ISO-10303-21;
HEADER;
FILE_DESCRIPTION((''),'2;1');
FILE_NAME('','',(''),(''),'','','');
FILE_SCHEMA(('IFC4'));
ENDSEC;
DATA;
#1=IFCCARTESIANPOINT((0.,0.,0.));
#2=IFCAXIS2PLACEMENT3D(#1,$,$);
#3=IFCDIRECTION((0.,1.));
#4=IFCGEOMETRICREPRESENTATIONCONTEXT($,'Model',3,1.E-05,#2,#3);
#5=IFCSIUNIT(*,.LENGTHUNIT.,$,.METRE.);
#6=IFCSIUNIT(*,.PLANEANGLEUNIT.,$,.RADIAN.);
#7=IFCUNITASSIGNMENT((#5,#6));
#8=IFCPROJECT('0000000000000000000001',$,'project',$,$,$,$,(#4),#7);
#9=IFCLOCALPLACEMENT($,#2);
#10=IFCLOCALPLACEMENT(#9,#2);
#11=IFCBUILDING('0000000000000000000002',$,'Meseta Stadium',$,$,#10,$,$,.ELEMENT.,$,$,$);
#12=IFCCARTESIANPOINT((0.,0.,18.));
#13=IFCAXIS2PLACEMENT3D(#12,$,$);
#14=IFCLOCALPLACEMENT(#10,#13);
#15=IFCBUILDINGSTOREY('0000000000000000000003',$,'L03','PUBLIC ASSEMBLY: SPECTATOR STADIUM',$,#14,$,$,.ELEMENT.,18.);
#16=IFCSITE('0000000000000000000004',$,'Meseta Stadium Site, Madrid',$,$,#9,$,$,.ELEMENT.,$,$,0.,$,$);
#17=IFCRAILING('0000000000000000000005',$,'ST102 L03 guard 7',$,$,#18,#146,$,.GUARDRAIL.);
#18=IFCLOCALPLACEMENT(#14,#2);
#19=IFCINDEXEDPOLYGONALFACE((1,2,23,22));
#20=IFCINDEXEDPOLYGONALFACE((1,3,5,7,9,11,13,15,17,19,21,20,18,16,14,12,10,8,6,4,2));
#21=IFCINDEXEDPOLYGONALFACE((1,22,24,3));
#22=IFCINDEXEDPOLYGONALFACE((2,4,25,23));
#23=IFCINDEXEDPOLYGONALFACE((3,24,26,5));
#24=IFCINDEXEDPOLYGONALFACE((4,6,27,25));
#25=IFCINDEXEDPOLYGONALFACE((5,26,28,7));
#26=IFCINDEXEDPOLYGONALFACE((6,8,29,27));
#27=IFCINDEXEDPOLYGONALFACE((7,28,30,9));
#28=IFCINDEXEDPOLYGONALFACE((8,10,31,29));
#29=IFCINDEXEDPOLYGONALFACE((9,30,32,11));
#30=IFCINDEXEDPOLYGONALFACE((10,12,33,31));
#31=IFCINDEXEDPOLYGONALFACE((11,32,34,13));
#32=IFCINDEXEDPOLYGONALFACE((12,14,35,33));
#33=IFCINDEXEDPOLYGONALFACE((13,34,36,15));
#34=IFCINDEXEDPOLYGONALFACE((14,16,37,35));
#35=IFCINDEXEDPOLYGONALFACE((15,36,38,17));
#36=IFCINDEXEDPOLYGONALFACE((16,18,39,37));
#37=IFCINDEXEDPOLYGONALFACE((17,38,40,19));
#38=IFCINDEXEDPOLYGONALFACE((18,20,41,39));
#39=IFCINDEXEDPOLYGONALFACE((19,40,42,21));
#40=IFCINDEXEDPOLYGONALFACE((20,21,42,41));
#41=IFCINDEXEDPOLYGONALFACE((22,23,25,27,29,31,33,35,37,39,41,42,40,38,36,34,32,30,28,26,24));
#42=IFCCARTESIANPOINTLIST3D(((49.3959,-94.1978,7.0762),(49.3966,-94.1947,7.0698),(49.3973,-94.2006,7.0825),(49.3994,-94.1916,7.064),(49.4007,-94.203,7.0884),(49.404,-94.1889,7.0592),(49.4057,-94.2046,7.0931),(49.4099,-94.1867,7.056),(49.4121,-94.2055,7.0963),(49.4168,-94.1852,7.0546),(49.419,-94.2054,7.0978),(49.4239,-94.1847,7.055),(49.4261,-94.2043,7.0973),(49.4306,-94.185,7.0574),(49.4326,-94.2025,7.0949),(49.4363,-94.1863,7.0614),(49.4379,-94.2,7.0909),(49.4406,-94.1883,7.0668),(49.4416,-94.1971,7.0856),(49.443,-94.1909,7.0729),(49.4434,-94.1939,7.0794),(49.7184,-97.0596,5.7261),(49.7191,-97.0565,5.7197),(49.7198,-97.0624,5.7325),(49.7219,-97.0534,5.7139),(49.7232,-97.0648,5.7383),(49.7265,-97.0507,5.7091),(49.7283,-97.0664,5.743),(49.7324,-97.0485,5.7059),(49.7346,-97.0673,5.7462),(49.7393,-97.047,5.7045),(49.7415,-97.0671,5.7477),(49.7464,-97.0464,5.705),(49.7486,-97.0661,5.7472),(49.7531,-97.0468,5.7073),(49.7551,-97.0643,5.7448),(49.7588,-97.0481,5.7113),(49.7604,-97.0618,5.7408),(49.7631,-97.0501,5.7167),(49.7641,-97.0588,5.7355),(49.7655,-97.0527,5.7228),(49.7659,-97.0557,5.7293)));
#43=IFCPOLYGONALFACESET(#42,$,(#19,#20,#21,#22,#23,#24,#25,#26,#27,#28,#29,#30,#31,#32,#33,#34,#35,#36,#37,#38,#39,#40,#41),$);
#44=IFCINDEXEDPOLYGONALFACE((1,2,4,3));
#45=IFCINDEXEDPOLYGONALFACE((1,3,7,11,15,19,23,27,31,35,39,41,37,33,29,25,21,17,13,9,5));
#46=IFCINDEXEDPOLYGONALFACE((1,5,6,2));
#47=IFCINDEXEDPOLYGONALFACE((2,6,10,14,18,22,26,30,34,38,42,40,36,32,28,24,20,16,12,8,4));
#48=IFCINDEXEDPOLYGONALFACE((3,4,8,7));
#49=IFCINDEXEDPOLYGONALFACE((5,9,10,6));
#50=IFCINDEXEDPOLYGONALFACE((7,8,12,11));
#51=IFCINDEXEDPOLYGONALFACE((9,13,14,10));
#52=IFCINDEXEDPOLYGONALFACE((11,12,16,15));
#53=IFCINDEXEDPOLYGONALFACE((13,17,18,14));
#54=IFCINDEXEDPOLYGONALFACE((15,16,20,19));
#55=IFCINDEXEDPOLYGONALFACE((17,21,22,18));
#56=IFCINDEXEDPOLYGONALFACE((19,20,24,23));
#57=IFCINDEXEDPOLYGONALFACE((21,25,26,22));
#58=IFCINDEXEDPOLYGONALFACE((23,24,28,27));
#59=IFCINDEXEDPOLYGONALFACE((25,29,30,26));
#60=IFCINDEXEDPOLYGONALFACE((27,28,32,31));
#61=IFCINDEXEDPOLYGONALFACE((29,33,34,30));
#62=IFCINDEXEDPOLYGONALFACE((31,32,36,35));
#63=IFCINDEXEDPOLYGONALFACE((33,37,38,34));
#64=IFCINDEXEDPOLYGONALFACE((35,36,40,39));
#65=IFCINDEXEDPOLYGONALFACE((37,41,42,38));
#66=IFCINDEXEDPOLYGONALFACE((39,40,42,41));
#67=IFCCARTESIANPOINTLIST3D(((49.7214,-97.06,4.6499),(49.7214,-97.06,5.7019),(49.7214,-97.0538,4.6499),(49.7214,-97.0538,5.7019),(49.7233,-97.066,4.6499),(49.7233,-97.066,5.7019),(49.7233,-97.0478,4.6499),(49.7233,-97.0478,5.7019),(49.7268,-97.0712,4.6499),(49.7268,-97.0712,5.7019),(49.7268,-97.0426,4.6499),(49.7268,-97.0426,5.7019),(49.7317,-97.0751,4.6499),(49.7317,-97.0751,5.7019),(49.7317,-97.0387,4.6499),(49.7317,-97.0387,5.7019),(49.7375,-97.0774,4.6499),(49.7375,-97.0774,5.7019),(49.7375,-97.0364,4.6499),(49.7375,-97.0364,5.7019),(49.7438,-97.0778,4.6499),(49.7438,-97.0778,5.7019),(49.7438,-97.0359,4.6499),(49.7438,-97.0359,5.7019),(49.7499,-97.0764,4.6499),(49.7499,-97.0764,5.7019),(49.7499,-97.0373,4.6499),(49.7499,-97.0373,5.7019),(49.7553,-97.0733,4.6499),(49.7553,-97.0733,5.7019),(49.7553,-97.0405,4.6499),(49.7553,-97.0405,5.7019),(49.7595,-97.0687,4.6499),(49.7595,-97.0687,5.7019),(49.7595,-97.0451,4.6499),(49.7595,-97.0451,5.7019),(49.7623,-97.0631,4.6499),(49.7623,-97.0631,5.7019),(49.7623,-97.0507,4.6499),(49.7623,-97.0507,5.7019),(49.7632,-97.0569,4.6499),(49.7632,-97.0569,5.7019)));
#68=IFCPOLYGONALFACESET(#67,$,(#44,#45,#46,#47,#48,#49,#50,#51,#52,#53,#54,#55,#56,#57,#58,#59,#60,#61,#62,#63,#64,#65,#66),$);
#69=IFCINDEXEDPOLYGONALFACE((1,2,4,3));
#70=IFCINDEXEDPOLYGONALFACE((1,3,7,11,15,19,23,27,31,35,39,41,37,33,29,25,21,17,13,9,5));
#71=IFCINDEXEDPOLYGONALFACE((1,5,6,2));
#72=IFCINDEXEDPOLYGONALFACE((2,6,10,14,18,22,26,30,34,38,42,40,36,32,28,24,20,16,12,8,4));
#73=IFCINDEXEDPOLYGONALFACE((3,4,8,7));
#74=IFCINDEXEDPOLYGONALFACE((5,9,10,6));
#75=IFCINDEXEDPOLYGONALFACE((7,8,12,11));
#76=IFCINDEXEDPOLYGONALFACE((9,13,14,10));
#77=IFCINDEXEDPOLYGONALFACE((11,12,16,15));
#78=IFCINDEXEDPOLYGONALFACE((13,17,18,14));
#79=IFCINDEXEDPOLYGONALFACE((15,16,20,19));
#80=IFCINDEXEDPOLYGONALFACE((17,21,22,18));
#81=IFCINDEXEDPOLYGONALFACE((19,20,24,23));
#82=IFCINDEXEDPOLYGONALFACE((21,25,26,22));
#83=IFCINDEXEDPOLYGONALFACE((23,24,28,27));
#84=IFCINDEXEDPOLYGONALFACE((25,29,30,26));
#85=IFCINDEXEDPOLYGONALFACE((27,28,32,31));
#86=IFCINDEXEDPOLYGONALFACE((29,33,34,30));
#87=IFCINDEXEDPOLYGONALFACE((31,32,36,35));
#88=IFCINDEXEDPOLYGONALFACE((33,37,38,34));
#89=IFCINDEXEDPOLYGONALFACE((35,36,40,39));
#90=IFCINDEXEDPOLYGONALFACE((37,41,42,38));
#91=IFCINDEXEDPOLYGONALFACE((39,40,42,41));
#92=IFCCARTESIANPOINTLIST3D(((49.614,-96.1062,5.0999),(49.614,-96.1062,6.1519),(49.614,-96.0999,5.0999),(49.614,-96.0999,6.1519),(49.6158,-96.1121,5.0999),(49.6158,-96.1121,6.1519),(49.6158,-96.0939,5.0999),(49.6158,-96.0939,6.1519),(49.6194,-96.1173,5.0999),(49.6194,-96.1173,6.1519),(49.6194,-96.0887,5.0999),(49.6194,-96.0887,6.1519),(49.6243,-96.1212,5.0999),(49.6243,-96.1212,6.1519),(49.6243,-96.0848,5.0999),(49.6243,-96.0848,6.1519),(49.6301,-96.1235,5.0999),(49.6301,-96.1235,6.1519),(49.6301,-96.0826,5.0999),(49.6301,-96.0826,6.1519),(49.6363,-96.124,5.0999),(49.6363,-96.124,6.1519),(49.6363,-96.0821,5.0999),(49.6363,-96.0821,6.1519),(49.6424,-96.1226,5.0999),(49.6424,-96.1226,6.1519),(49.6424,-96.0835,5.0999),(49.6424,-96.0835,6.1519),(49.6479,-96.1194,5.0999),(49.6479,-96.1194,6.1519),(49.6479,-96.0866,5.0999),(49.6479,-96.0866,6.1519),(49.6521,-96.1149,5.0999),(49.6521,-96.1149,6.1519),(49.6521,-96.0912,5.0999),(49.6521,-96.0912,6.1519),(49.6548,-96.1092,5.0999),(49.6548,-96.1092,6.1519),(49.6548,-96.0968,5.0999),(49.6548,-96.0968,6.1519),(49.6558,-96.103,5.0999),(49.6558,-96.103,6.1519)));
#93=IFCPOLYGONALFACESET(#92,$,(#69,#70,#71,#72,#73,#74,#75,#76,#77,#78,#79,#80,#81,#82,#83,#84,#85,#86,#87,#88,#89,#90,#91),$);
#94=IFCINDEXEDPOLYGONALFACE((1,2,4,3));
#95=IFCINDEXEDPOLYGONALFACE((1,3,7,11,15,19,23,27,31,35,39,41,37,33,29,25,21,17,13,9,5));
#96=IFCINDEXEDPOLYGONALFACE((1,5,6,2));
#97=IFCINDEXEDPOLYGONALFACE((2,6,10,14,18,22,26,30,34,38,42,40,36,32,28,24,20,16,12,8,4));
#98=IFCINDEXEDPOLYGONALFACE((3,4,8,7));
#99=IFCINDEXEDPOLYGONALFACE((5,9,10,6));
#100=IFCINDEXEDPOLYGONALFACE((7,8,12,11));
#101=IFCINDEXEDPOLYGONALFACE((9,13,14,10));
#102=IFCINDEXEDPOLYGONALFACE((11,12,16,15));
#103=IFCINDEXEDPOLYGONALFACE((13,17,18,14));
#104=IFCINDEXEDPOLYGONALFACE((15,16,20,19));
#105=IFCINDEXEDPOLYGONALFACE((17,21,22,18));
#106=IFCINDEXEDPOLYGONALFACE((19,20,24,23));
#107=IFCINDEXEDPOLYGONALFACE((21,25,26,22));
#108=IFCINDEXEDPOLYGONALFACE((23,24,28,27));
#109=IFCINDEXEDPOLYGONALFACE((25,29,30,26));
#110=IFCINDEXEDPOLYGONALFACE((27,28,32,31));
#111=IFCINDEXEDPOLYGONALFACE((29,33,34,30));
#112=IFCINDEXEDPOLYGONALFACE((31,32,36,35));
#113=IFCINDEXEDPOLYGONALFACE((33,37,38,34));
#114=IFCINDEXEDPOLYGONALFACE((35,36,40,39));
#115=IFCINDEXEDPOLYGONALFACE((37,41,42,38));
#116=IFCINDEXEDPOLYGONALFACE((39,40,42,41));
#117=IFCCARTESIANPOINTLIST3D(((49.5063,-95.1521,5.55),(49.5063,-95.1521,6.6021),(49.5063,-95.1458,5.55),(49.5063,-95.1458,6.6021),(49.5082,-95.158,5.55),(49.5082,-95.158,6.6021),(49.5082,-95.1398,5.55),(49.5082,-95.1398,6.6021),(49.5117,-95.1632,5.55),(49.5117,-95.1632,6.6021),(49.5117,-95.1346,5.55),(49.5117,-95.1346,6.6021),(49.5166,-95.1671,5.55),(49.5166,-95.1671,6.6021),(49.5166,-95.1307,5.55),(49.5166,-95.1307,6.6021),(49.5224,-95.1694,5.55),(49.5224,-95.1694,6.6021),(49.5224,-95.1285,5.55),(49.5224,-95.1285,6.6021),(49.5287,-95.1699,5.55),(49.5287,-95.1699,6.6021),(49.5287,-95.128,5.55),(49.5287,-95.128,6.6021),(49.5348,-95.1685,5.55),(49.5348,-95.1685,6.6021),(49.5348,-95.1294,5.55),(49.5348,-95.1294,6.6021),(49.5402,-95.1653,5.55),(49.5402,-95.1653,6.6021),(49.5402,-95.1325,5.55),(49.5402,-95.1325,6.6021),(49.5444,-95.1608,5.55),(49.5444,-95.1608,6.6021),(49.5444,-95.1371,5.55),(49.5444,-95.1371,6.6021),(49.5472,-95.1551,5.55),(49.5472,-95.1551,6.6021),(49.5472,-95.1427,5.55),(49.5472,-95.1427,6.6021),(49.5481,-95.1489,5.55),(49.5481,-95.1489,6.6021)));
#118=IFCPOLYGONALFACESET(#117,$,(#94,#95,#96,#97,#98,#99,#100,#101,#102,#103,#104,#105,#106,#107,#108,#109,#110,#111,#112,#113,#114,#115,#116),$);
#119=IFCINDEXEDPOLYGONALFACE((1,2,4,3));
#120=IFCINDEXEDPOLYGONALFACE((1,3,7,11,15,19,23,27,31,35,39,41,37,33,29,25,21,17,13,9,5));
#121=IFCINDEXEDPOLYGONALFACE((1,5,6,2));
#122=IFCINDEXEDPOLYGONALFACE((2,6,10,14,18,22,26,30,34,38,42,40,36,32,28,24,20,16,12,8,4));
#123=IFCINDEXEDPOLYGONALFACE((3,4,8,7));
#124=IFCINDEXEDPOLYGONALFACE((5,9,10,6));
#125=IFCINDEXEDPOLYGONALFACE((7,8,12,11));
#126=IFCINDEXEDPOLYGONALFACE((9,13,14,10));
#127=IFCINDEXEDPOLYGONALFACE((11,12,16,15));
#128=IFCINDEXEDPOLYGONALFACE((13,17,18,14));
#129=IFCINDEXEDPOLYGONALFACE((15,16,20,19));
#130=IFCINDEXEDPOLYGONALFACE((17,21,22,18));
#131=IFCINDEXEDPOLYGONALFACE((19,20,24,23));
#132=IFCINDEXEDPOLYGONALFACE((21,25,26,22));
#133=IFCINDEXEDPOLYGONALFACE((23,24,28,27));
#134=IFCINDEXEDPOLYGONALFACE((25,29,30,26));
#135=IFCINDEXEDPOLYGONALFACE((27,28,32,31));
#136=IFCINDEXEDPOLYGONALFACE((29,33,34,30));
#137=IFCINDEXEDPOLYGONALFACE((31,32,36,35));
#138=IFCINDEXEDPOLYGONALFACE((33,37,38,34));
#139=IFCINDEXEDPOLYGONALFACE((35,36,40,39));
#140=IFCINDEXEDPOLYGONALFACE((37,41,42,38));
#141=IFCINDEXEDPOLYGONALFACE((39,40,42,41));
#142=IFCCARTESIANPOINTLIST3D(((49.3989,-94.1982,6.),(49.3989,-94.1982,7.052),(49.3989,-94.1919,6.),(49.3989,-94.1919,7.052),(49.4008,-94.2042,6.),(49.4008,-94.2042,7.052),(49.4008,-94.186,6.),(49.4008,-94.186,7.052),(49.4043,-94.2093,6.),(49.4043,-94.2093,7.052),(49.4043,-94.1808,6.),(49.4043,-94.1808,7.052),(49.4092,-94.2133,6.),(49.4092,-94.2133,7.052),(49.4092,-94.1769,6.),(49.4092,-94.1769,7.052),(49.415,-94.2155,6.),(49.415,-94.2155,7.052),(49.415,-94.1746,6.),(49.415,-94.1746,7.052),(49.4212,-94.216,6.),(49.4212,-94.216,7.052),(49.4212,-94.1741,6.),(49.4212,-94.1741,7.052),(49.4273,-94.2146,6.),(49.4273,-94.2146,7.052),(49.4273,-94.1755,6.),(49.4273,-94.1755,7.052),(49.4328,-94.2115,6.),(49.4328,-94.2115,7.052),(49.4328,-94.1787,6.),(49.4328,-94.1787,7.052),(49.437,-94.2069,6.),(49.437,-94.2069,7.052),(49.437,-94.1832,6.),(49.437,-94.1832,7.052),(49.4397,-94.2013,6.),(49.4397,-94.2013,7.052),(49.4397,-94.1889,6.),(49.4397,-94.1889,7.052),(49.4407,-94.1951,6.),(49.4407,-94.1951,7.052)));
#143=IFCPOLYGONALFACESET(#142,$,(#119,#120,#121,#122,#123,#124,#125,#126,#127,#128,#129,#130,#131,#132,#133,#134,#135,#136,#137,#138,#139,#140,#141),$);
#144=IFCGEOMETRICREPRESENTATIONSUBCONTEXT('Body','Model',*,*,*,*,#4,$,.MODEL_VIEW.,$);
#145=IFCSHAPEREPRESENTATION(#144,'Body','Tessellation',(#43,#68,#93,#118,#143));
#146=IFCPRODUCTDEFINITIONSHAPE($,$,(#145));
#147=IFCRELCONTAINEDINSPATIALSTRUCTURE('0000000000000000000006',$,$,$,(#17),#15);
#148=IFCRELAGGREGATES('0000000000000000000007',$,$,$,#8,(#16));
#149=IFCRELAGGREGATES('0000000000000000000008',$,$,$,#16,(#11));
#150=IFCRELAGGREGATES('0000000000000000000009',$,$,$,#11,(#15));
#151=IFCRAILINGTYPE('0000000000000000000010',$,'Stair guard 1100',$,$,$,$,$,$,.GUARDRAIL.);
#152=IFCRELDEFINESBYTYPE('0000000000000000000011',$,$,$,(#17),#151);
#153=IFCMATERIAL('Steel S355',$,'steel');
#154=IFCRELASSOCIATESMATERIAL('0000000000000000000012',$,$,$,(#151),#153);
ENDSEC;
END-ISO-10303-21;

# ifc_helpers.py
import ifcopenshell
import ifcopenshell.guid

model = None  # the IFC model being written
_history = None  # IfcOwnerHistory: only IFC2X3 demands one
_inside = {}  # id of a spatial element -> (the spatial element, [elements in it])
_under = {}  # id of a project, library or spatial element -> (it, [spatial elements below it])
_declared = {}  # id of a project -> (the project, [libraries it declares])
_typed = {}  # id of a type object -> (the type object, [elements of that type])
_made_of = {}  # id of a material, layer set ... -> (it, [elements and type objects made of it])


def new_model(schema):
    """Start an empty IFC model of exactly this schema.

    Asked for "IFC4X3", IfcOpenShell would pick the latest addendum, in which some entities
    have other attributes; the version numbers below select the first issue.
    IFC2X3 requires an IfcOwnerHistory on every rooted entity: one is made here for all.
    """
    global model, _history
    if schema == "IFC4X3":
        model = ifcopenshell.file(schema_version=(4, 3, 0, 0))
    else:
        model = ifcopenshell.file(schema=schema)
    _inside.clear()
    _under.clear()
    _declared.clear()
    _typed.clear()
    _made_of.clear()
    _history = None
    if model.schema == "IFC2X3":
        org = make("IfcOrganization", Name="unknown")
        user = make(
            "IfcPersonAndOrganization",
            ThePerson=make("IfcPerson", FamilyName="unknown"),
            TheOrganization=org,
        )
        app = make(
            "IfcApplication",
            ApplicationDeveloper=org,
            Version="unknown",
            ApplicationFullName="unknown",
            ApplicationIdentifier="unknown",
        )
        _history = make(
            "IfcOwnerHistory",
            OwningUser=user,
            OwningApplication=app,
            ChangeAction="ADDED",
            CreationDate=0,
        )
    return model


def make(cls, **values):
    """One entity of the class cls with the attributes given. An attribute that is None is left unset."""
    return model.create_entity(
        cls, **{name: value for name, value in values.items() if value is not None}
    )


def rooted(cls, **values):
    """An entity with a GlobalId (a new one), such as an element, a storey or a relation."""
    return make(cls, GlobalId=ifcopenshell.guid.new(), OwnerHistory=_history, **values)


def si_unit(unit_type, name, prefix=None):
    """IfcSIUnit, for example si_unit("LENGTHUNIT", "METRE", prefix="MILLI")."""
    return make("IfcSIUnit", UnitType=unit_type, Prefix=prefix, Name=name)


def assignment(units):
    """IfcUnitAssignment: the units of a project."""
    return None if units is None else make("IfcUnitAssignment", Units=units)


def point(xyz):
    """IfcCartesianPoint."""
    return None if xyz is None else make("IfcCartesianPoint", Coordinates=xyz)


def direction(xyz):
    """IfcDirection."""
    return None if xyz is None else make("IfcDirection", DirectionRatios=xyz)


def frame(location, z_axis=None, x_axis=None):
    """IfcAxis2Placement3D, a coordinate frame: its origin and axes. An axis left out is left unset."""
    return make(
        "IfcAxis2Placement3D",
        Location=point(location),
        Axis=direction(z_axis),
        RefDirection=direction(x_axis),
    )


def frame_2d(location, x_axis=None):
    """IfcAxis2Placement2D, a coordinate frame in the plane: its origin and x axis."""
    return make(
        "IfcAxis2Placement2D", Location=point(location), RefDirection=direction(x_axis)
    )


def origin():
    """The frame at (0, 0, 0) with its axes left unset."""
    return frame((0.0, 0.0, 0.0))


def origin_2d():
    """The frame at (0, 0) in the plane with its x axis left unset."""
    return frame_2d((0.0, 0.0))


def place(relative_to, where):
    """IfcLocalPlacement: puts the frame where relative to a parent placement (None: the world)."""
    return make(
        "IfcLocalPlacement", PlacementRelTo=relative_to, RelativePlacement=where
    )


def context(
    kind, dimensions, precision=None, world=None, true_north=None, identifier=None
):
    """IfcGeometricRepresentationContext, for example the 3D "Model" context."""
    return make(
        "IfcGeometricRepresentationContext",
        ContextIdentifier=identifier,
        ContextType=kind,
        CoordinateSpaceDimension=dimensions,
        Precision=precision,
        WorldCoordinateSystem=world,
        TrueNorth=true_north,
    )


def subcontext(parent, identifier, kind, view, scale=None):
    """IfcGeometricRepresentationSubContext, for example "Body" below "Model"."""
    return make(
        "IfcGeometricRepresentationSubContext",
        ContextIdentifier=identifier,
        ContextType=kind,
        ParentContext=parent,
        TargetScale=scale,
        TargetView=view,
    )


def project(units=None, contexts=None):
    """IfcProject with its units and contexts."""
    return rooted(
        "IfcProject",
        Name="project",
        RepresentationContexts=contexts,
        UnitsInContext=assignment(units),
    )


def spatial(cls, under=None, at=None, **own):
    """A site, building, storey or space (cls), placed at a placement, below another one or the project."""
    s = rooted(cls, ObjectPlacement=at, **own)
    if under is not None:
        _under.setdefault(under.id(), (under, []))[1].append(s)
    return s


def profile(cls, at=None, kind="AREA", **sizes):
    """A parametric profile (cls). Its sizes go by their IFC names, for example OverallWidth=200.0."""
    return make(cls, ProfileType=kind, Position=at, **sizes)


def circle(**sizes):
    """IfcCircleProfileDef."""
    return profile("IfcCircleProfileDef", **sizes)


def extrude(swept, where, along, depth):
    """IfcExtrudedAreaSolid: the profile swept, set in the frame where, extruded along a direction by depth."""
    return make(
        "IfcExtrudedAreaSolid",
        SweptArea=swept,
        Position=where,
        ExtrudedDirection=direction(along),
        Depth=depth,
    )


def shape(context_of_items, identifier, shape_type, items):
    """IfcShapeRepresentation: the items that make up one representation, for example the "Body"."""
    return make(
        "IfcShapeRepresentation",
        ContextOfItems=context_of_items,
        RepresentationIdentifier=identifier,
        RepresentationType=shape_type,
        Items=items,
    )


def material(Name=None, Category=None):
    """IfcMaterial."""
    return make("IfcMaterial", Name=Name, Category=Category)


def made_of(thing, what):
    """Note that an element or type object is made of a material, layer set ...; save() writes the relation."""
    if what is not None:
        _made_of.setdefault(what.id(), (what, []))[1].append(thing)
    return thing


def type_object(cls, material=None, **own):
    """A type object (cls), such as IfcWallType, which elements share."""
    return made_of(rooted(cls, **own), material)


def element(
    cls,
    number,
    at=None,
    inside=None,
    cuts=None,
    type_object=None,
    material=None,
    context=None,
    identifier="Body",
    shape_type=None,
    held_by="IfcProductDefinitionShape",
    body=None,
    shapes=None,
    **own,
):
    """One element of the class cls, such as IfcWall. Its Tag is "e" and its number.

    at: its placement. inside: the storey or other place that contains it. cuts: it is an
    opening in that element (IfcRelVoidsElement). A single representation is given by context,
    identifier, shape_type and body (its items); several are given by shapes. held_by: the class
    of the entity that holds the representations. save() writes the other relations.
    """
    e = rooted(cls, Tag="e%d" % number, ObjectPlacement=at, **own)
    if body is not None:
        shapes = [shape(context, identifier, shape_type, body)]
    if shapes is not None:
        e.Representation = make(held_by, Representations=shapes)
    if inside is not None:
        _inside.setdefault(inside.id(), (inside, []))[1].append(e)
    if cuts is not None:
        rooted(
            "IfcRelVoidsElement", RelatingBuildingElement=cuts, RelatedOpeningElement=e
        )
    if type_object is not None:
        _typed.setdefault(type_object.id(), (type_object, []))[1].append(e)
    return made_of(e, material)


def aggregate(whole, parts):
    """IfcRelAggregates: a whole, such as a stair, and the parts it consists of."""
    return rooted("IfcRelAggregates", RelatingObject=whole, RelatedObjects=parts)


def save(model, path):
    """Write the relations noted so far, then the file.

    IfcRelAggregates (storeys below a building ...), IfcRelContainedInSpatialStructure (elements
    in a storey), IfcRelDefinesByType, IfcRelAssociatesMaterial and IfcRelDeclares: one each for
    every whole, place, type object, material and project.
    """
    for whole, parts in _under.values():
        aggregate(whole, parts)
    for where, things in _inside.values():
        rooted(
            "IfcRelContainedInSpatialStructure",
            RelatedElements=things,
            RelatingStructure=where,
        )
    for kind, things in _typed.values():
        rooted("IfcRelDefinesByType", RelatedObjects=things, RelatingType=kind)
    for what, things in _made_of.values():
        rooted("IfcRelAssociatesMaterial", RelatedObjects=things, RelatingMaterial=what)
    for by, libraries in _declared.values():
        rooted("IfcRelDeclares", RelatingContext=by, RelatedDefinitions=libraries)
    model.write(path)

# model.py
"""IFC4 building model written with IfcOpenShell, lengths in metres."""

from ifc_helpers import new_model, si_unit, direction, frame, origin, origin_2d, place, context, subcontext, project, spatial, circle, extrude, material, type_object, element, save


model = new_model("IFC4")

# Units and contexts
model_context = context("Model", 3, precision=1e-05, world=origin(), true_north=direction((0.0, 1.0)))
body_context = subcontext(model_context, "Body", "Model", "MODEL_VIEW")
ifc_project = project(units=[si_unit("LENGTHUNIT", "METRE"), si_unit("PLANEANGLEUNIT", "RADIAN")], contexts=[model_context])

# Site, building, storey
site_placement = place(None, origin())
site = spatial("IfcSite", under=ifc_project, at=site_placement, Name="Meseta Stadium Site, Madrid", CompositionType="ELEMENT", RefElevation=0.0)
building_placement = place(site_placement, origin())
building = spatial("IfcBuilding", under=site, at=building_placement, Name="Meseta Stadium", CompositionType="ELEMENT")
storey_placement = place(building_placement, frame((0.0, 0.0, 18.0)))
storey = spatial("IfcBuildingStorey", under=building, at=storey_placement, Name="L03", Description="PUBLIC ASSEMBLY: SPECTATOR STADIUM", CompositionType="ELEMENT", Elevation=18.0)

# Railing
ifc_material_1 = material(Name="Steel S355", Category="steel")
railing_type_1 = type_object("IfcRailingType", Name="Stair guard 1100", PredefinedType="GUARDRAIL", material=ifc_material_1)
railing_1_placement = place(storey_placement, frame((49.7422, -97.0569, 4.6499)))
element("IfcRailing", 1, at=railing_1_placement, inside=storey, type_object=railing_type_1, Name="ST102 L03 guard 7", PredefinedType="GUARDRAIL", context=body_context, shape_type="SweptSolid", body=[
    extrude(circle(Radius=0.0239, at=origin_2d()), frame((0.0, 0.0, 1.0762), z_axis=(-0.101396, 0.899748, 0.424467), x_axis=(-0.99371, -0.111985, 0.0)), (0.0, 0.0, 1.0), 3.1807),
    extrude(circle(Radius=0.021, at=origin_2d()), origin(), (0.0, 0.0, 1.0), 1.052),
    extrude(circle(Radius=0.021, at=origin_2d()), frame((-0.1074, 0.9539, 0.45)), (0.0, 0.0, 1.0), 1.052),
    extrude(circle(Radius=0.021, at=origin_2d()), frame((-0.2151, 1.908, 0.9001)), (0.0, 0.0, 1.0), 1.052),
    extrude(circle(Radius=0.021, at=origin_2d()), frame((-0.3225, 2.8618, 1.3501)), (0.0, 0.0, 1.0), 1.052),
])

save(model, "model.ifc")
